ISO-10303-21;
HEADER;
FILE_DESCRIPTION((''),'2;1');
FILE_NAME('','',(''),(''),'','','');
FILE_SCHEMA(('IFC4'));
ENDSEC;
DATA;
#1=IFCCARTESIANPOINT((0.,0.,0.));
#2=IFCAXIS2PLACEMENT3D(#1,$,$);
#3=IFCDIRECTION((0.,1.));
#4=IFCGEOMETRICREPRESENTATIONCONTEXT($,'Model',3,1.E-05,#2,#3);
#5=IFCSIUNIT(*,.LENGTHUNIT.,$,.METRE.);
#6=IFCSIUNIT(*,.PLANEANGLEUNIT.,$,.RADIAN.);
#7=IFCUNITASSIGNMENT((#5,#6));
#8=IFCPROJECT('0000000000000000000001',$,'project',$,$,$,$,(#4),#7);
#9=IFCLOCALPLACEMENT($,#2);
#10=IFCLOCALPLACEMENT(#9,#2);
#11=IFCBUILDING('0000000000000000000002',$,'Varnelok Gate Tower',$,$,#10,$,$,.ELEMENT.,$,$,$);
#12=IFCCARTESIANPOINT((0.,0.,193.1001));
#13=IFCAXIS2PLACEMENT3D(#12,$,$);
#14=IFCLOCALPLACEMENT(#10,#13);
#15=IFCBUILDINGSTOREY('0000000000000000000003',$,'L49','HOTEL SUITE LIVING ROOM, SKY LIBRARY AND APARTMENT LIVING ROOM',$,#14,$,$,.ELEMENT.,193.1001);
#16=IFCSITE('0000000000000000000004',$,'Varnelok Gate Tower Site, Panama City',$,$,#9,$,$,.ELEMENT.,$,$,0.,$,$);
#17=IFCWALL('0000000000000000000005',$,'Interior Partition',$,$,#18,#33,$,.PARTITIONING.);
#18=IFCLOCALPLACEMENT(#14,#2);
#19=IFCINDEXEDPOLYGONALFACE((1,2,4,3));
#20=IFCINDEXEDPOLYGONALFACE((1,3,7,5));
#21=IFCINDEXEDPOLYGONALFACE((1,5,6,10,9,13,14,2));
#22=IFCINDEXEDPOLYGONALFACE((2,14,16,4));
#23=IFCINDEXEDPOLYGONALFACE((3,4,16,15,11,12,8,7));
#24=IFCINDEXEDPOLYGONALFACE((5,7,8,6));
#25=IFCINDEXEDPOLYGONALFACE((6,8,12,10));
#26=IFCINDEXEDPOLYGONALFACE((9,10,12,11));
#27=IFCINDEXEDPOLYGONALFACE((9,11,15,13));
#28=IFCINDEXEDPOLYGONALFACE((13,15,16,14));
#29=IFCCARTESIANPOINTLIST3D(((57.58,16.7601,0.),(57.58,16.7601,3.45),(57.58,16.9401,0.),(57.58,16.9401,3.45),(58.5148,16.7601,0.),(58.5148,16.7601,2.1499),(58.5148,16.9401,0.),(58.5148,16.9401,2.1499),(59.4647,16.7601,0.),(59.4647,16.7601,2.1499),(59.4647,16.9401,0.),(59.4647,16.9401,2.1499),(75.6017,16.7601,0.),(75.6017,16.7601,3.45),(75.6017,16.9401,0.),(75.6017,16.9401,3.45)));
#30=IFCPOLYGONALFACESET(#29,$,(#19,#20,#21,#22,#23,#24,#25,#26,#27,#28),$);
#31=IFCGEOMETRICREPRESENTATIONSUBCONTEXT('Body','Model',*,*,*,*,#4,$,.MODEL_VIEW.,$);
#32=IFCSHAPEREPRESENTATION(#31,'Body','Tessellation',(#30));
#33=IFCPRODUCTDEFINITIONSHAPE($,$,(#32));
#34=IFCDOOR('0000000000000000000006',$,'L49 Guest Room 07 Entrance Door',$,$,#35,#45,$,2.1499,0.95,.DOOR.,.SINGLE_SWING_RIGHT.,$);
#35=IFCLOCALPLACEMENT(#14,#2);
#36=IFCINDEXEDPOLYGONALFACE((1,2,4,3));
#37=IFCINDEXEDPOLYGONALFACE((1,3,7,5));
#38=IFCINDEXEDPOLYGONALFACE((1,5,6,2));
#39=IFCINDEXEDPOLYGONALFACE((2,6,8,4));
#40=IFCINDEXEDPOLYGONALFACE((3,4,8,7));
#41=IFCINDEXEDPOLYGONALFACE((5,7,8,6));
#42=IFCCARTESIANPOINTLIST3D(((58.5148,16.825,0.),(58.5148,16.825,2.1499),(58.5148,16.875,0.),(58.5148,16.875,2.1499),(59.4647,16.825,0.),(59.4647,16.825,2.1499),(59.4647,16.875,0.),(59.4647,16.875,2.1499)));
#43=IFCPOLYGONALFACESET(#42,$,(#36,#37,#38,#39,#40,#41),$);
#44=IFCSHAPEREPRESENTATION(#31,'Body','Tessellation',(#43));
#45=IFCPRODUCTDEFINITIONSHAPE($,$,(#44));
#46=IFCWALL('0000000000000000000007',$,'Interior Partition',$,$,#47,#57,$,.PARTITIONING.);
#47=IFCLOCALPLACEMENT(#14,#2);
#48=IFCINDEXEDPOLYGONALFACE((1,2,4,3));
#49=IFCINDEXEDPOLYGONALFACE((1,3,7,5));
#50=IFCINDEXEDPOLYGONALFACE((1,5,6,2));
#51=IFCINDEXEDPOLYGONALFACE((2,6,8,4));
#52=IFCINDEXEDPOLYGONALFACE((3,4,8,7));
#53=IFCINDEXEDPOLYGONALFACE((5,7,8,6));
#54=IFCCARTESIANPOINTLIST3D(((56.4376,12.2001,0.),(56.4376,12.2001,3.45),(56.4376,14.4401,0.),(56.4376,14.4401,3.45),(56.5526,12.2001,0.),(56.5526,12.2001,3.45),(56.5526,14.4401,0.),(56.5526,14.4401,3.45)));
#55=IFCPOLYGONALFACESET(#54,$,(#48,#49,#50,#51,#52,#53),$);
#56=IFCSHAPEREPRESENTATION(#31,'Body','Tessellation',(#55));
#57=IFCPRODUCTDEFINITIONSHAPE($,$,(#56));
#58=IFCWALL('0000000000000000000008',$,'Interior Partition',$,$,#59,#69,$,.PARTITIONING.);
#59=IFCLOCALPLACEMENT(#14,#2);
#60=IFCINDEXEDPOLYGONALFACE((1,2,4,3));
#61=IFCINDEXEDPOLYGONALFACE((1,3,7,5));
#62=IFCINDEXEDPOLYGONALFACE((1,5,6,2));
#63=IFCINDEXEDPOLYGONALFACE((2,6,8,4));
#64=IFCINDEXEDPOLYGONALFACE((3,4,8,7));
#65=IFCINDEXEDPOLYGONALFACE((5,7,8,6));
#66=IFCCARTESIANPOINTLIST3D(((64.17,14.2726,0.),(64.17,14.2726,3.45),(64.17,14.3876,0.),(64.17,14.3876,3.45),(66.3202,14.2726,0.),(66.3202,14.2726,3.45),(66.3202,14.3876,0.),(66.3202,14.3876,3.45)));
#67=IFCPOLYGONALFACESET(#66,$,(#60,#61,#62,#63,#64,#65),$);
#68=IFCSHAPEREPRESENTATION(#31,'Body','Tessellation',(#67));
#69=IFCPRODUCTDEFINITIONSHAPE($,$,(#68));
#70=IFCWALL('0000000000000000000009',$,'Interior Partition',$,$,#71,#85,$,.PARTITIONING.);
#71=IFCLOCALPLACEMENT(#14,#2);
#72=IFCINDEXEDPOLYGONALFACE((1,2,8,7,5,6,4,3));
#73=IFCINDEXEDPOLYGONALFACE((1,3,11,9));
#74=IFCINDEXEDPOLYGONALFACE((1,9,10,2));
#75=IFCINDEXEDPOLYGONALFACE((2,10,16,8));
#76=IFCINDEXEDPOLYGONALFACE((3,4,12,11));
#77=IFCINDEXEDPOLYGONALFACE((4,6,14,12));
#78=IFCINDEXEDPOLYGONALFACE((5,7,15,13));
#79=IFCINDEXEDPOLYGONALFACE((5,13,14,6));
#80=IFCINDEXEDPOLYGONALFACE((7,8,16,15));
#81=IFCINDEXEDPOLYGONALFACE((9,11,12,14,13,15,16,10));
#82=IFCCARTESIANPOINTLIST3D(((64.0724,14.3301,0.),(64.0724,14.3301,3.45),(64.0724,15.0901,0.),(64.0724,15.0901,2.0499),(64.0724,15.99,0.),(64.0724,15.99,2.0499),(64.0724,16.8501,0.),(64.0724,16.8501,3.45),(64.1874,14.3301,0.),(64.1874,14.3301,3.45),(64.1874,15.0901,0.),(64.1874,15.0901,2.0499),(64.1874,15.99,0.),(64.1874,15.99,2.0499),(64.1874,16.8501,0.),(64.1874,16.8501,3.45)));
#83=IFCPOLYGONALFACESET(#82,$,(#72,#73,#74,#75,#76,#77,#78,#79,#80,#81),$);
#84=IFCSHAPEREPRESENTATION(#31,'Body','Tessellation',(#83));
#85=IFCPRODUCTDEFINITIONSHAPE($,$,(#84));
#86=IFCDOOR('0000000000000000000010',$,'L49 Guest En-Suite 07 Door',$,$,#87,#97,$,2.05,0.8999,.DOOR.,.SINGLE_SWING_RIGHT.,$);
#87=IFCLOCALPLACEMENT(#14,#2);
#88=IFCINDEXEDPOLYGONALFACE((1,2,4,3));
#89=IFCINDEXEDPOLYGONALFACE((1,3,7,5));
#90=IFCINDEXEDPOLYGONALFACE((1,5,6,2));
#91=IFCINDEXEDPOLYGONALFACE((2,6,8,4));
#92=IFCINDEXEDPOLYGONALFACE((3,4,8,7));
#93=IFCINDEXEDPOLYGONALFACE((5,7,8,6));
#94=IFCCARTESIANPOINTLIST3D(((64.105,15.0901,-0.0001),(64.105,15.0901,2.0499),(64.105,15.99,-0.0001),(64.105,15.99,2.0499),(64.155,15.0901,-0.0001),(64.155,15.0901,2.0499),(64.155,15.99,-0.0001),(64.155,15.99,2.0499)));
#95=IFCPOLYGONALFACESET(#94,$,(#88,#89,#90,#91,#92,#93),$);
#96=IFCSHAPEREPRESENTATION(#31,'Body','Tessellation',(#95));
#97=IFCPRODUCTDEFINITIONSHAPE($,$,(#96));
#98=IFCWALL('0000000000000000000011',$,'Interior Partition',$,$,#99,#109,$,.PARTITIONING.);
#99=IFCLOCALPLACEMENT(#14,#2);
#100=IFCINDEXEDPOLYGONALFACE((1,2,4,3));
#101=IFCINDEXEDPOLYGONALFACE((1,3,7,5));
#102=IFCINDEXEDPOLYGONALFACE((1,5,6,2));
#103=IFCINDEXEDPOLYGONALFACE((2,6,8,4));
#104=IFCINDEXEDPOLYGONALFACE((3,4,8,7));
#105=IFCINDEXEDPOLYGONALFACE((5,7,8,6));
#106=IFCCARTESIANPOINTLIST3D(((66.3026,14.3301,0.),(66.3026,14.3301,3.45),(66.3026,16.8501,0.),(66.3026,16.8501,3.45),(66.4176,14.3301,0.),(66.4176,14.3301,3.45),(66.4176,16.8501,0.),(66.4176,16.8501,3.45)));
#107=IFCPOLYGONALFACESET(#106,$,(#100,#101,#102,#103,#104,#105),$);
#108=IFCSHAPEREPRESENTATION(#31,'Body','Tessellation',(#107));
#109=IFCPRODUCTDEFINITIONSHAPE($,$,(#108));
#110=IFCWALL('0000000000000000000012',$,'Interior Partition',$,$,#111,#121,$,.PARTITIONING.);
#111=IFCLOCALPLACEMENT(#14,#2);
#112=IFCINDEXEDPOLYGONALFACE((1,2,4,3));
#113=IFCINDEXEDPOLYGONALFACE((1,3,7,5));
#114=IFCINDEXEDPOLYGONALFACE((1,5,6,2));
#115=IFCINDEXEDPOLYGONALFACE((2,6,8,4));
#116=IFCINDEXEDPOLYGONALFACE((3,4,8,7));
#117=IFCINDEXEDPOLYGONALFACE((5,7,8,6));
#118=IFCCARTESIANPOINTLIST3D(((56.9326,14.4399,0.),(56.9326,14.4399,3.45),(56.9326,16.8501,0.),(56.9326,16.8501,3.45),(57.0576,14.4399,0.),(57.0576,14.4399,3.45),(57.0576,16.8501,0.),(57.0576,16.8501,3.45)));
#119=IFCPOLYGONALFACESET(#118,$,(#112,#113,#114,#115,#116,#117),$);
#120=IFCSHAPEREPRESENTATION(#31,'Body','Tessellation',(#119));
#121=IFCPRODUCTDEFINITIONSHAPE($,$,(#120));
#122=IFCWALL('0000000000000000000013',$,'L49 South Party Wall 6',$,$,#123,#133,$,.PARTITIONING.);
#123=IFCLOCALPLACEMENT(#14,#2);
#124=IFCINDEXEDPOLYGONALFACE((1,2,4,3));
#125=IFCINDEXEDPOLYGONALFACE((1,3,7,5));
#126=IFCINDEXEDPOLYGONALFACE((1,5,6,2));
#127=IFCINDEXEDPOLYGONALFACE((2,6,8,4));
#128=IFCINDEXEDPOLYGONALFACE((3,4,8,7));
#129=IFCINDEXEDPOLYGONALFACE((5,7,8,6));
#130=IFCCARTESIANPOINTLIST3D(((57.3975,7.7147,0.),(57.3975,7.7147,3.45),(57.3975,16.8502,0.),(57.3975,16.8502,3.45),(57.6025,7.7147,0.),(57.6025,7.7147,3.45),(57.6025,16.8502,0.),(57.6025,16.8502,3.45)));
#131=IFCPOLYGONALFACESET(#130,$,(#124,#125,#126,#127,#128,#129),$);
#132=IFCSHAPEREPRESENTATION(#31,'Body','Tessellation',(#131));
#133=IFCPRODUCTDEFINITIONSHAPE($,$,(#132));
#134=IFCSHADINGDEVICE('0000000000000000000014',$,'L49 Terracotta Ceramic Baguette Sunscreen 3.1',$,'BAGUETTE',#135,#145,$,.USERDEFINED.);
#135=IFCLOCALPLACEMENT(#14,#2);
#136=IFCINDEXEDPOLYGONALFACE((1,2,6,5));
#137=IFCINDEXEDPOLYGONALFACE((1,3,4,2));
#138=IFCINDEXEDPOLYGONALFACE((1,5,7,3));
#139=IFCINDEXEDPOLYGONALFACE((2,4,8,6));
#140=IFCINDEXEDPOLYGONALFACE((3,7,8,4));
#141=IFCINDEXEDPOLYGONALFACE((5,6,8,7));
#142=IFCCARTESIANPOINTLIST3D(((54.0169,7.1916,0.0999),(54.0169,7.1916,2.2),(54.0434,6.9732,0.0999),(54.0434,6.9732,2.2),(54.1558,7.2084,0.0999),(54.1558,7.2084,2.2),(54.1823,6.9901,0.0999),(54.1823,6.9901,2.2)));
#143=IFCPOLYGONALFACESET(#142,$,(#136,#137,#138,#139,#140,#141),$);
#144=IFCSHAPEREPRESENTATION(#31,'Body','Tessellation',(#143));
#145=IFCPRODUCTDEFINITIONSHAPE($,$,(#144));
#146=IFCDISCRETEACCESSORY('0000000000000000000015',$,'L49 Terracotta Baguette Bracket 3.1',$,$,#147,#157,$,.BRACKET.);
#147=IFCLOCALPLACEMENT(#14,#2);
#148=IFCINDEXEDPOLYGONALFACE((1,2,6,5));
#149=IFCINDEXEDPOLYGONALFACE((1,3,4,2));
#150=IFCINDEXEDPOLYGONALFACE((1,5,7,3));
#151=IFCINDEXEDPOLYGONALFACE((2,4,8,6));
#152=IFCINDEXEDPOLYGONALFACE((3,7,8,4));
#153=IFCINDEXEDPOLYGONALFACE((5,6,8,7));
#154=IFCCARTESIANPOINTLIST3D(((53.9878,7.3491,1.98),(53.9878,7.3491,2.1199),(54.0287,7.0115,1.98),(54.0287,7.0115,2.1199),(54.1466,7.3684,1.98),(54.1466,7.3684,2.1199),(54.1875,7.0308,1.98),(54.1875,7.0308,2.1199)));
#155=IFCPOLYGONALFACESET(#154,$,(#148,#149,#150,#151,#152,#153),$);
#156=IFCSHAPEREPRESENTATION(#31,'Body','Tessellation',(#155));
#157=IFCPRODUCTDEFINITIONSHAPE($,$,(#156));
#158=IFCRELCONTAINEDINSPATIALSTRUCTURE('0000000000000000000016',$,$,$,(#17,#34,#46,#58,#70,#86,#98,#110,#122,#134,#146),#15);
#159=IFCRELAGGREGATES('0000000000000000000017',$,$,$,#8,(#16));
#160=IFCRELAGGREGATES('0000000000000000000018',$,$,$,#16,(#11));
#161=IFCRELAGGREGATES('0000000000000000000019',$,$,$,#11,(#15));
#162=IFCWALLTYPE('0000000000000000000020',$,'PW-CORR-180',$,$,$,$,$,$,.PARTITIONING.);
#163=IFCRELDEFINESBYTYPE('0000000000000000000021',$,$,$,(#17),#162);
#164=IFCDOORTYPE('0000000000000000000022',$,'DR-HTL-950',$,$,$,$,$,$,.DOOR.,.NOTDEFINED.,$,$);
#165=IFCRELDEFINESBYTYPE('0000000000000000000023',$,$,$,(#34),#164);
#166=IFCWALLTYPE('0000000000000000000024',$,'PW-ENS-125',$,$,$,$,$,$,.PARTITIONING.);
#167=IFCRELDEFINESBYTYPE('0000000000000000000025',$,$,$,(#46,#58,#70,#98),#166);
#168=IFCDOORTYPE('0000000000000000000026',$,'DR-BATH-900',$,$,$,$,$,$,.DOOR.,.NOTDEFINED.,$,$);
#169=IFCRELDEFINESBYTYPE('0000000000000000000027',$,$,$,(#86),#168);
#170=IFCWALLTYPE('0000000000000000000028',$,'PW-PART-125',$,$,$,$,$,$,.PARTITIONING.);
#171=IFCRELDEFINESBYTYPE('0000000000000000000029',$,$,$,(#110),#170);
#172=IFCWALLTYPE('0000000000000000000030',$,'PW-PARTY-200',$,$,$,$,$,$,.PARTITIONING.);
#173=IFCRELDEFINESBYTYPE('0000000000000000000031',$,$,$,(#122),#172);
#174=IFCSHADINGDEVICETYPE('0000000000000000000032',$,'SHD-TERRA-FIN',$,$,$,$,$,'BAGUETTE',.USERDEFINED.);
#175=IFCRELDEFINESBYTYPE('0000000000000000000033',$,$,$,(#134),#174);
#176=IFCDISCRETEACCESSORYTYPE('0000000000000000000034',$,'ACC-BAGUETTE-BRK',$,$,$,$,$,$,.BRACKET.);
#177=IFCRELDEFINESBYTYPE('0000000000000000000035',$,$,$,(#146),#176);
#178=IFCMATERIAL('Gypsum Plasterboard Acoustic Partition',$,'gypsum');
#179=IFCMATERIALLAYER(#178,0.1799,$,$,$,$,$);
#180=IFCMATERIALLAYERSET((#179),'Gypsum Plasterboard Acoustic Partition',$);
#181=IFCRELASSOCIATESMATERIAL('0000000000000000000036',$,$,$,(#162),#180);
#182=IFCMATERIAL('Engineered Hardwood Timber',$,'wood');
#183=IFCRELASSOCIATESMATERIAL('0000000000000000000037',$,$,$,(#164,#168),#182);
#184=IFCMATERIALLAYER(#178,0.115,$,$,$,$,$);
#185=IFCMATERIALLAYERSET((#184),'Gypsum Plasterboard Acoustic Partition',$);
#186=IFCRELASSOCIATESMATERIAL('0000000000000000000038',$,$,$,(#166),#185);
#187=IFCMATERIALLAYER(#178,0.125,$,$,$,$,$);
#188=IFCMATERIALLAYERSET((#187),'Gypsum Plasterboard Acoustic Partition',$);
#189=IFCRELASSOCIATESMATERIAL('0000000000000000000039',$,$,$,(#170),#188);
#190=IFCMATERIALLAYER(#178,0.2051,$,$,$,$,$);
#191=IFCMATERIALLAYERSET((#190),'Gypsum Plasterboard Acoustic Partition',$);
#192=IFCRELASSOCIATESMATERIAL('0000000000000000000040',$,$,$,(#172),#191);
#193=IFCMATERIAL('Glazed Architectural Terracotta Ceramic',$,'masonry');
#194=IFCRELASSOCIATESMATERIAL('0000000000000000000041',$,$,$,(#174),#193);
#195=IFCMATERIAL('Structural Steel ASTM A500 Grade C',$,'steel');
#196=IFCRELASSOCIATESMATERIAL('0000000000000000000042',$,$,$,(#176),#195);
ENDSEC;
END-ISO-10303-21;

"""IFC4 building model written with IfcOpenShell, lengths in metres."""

from ifc_helpers import new_model, si_unit, direction, frame, frame_2d, origin, origin_2d, place, context, subcontext, project, spatial, rectangle, extrude, source, transform, mapped, material, layer, layer_set, type_object, element, fill, save


model = new_model("IFC4")

# Units and contexts
model_context = context("Model", 3, precision=1e-05, world=origin(), true_north=direction((0.0, 1.0)))
body_context = subcontext(model_context, "Body", "Model", "MODEL_VIEW")
ifc_project = project(units=[si_unit("LENGTHUNIT", "METRE"), si_unit("PLANEANGLEUNIT", "RADIAN")], contexts=[model_context])

# Site, building, storey
site_placement = place(None, origin())
site = spatial("IfcSite", under=ifc_project, at=site_placement, Name="Varnelok Gate Tower Site, Panama City", CompositionType="ELEMENT", RefElevation=0.0)
building_placement = place(site_placement, origin())
building = spatial("IfcBuilding", under=site, at=building_placement, Name="Varnelok Gate Tower", CompositionType="ELEMENT")
storey_placement = place(building_placement, frame((0.0, 0.0, 193.1001)))
storey = spatial("IfcBuildingStorey", under=building, at=storey_placement, Name="L49", Description="HOTEL SUITE LIVING ROOM, SKY LIBRARY AND APARTMENT LIVING ROOM", CompositionType="ELEMENT", Elevation=193.1001)

# Wall, opening, door
ifc_material_1 = material(Name="Gypsum Plasterboard Acoustic Partition", Category="gypsum")
ifc_layer_1 = layer(ifc_material_1, 0.1799)
ifc_layer_set_1 = layer_set([ifc_layer_1], Name="Gypsum Plasterboard Acoustic Partition")
wall_type_1 = type_object("IfcWallType", Name="PW-CORR-180", PredefinedType="PARTITIONING", material=ifc_layer_set_1)
wall_1_placement = place(storey_placement, frame((57.5801, 16.8501, 0.0), z_axis=(0.0, 0.0, 1.0), x_axis=(1.0, 0.0, 0.0)))
wall_1 = element("IfcWall", 1, at=wall_1_placement, inside=storey, type_object=wall_type_1, Name="Interior Partition", PredefinedType="PARTITIONING", context=body_context, shape_type="SweptSolid", body=[
    extrude(rectangle(XDim=18.0217, YDim=0.1799, at=frame_2d((9.0107, 0.0))), origin(), (0.0, 0.0, 1.0), 3.45),
])
opening_1_placement = place(wall_1_placement, frame((0.9346, 0.0, 0.0)))
opening_1 = element("IfcOpeningElement", 2, at=opening_1_placement, cuts=wall_1, PredefinedType="OPENING", context=body_context, shape_type="SweptSolid", body=[
    extrude(rectangle(XDim=0.95, YDim=2.1499, at=frame_2d((0.4751, 1.075))), frame((0.0, 0.0999, 0.0), z_axis=(0.0, -1.0, 0.0), x_axis=(1.0, 0.0, 0.0)), (0.0, 0.0, 1.0), 0.2),
])
ifc_material_2 = material(Name="Engineered Hardwood Timber", Category="wood")
door_type_1 = type_object("IfcDoorType", Name="DR-HTL-950", OperationType="NOTDEFINED", PredefinedType="DOOR", material=ifc_material_2)
door_1_placement = place(opening_1_placement, origin())
door_1 = element("IfcDoor", 3, at=door_1_placement, inside=storey, type_object=door_type_1, Name="L49 Guest Room 07 Entrance Door", OperationType="SINGLE_SWING_RIGHT", OverallHeight=2.1499, OverallWidth=0.95, PredefinedType="DOOR", context=body_context, shape_type="SweptSolid", body=[
    extrude(rectangle(XDim=0.95, YDim=2.1499, at=frame_2d((0.4751, 1.075))), frame((0.0, 0.0249, 0.0), z_axis=(0.0, -1.0, 0.0), x_axis=(1.0, 0.0, 0.0)), (0.0, 0.0, 1.0), 0.05),
])
fill(opening_1, door_1)

# Walls
ifc_layer_2 = layer(ifc_material_1, 0.115)
ifc_layer_set_2 = layer_set([ifc_layer_2], Name="Gypsum Plasterboard Acoustic Partition")
wall_type_2 = type_object("IfcWallType", Name="PW-ENS-125", PredefinedType="PARTITIONING", material=ifc_layer_set_2)
wall_2_placement = place(storey_placement, frame((56.4951, 12.2, 0.0), z_axis=(0.0, 0.0, 1.0), x_axis=(0.0, 1.0, 0.0)))
element("IfcWall", 4, at=wall_2_placement, inside=storey, type_object=wall_type_2, Name="Interior Partition", PredefinedType="PARTITIONING", context=body_context, shape_type="SweptSolid", body=[
    extrude(rectangle(XDim=2.24, YDim=0.115, at=frame_2d((1.1201, 0.0))), origin(), (0.0, 0.0, 1.0), 3.45),
])
wall_3_placement = place(storey_placement, frame((64.1699, 14.3301, 0.0), z_axis=(0.0, 0.0, 1.0), x_axis=(1.0, 0.0, 0.0)))
element("IfcWall", 5, at=wall_3_placement, inside=storey, type_object=wall_type_2, Name="Interior Partition", PredefinedType="PARTITIONING", context=body_context, shape_type="SweptSolid", body=[
    extrude(rectangle(XDim=2.1501, YDim=0.115, at=frame_2d((1.0752, 0.0))), origin(), (0.0, 0.0, 1.0), 3.45),
])

# Wall, opening, door
wall_4_placement = place(storey_placement, frame((64.1299, 14.3301, 0.0), z_axis=(0.0, 0.0, 1.0), x_axis=(0.0, 1.0, 0.0)))
wall_4 = element("IfcWall", 6, at=wall_4_placement, inside=storey, type_object=wall_type_2, Name="Interior Partition", PredefinedType="PARTITIONING", context=body_context, shape_type="SweptSolid", body=[
    extrude(rectangle(XDim=2.52, YDim=0.115, at=frame_2d((1.26, 0.0))), origin(), (0.0, 0.0, 1.0), 3.45),
])
opening_2_placement = place(wall_4_placement, frame((0.76, 0.0, 0.0)))
opening_2 = element("IfcOpeningElement", 7, at=opening_2_placement, cuts=wall_4, PredefinedType="OPENING", context=body_context, shape_type="SweptSolid", body=[
    extrude(rectangle(XDim=0.8999, YDim=2.05, at=frame_2d((0.45, 1.0249))), frame((0.0, 0.0674, 0.0), z_axis=(0.0, -1.0, 0.0), x_axis=(1.0, 0.0, 0.0)), (0.0, 0.0, 1.0), 0.135),
])
door_type_2 = type_object("IfcDoorType", Name="DR-BATH-900", OperationType="NOTDEFINED", PredefinedType="DOOR", material=ifc_material_2)
door_2_placement = place(opening_2_placement, origin())
door_2 = element("IfcDoor", 8, at=door_2_placement, inside=storey, type_object=door_type_2, Name="L49 Guest En-Suite 07 Door", OperationType="SINGLE_SWING_RIGHT", OverallHeight=2.05, OverallWidth=0.8999, PredefinedType="DOOR", context=body_context, shape_type="SweptSolid", body=[
    extrude(rectangle(XDim=0.8999, YDim=2.05, at=frame_2d((0.45, 1.0249))), frame((0.0, 0.0249, 0.0), z_axis=(0.0, -1.0, 0.0), x_axis=(1.0, 0.0, 0.0)), (0.0, 0.0, 1.0), 0.05),
])
fill(opening_2, door_2)

# Walls
wall_5_placement = place(storey_placement, frame((66.3601, 14.3301, 0.0), z_axis=(0.0, 0.0, 1.0), x_axis=(0.0, 1.0, 0.0)))
element("IfcWall", 9, at=wall_5_placement, inside=storey, type_object=wall_type_2, Name="Interior Partition", PredefinedType="PARTITIONING", context=body_context, shape_type="SweptSolid", body=[
    extrude(rectangle(XDim=2.52, YDim=0.115, at=frame_2d((1.26, 0.0))), origin(), (0.0, 0.0, 1.0), 3.45),
])
ifc_layer_3 = layer(ifc_material_1, 0.125)
ifc_layer_set_3 = layer_set([ifc_layer_3], Name="Gypsum Plasterboard Acoustic Partition")
wall_type_3 = type_object("IfcWallType", Name="PW-PART-125", PredefinedType="PARTITIONING", material=ifc_layer_set_3)
wall_6_placement = place(storey_placement, frame((56.9951, 14.4399, 0.0), z_axis=(0.0, 0.0, 1.0), x_axis=(0.0, 1.0, 0.0)))
element("IfcWall", 10, at=wall_6_placement, inside=storey, type_object=wall_type_3, Name="Interior Partition", PredefinedType="PARTITIONING", context=body_context, shape_type="SweptSolid", body=[
    extrude(rectangle(XDim=2.4102, YDim=0.125, at=frame_2d((1.2051, 0.0))), origin(), (0.0, 0.0, 1.0), 3.45),
])
ifc_layer_4 = layer(ifc_material_1, 0.2051)
ifc_layer_set_4 = layer_set([ifc_layer_4], Name="Gypsum Plasterboard Acoustic Partition")
wall_type_4 = type_object("IfcWallType", Name="PW-PARTY-200", PredefinedType="PARTITIONING", material=ifc_layer_set_4)
wall_7_placement = place(storey_placement, frame((57.5, 7.7146, 0.0), z_axis=(0.0, 0.0, 1.0), x_axis=(0.0, 1.0, 0.0)))
element("IfcWall", 11, at=wall_7_placement, inside=storey, type_object=wall_type_4, Name="L49 South Party Wall 6", PredefinedType="PARTITIONING", context=body_context, shape_type="SweptSolid", body=[
    extrude(rectangle(XDim=9.1355, YDim=0.2051, at=frame_2d((4.5679, 0.0))), origin(), (0.0, 0.0, 1.0), 3.45),
])

# Shading device
ifc_material_3 = material(Name="Glazed Architectural Terracotta Ceramic", Category="masonry")
shading_device_type = type_object("IfcShadingDeviceType", Name="SHD-TERRA-FIN", ElementType="BAGUETTE", PredefinedType="USERDEFINED", material=ifc_material_3)
shared_shape_1 = source(origin(), body_context, "Body", "SweptSolid", [
    extrude(rectangle(XDim=0.1399, YDim=0.22, at=origin_2d()), origin(), (0.0, 0.0, 1.0), 2.1001),
])
shading_device_placement = place(storey_placement, frame((54.0996, 7.0908, 0.0999), z_axis=(0.0, 0.0, 1.0), x_axis=(0.992732, 0.120345, 0.0)))
element("IfcShadingDevice", 12, at=shading_device_placement, inside=storey, type_object=shading_device_type, Name="L49 Terracotta Ceramic Baguette Sunscreen 3.1", ObjectType="BAGUETTE", PredefinedType="USERDEFINED", context=body_context, shape_type="MappedRepresentation", body=[
    mapped(shared_shape_1, transform((0.0, 0.0, 0.0), scale=1.0)),
])

# Discrete accessory
ifc_material_4 = material(Name="Structural Steel ASTM A500 Grade C", Category="steel")
discrete_accessory_type = type_object("IfcDiscreteAccessoryType", Name="ACC-BAGUETTE-BRK", PredefinedType="BRACKET", material=ifc_material_4)
shared_shape_2 = source(origin(), body_context, "Body", "SweptSolid", [
    extrude(rectangle(XDim=0.1599, YDim=0.3401, at=origin_2d()), origin(), (0.0, 0.0, 1.0), 0.1399),
])
discrete_accessory_placement = place(storey_placement, frame((54.0876, 7.1899, 1.98), z_axis=(0.0, 0.0, 1.0), x_axis=(0.992732, 0.120345, 0.0)))
element("IfcDiscreteAccessory", 13, at=discrete_accessory_placement, inside=storey, type_object=discrete_accessory_type, Name="L49 Terracotta Baguette Bracket 3.1", PredefinedType="BRACKET", context=body_context, shape_type="MappedRepresentation", body=[
    mapped(shared_shape_2, transform((0.0, 0.0, 0.0), scale=1.0)),
])

save(model, "model.ifc")
